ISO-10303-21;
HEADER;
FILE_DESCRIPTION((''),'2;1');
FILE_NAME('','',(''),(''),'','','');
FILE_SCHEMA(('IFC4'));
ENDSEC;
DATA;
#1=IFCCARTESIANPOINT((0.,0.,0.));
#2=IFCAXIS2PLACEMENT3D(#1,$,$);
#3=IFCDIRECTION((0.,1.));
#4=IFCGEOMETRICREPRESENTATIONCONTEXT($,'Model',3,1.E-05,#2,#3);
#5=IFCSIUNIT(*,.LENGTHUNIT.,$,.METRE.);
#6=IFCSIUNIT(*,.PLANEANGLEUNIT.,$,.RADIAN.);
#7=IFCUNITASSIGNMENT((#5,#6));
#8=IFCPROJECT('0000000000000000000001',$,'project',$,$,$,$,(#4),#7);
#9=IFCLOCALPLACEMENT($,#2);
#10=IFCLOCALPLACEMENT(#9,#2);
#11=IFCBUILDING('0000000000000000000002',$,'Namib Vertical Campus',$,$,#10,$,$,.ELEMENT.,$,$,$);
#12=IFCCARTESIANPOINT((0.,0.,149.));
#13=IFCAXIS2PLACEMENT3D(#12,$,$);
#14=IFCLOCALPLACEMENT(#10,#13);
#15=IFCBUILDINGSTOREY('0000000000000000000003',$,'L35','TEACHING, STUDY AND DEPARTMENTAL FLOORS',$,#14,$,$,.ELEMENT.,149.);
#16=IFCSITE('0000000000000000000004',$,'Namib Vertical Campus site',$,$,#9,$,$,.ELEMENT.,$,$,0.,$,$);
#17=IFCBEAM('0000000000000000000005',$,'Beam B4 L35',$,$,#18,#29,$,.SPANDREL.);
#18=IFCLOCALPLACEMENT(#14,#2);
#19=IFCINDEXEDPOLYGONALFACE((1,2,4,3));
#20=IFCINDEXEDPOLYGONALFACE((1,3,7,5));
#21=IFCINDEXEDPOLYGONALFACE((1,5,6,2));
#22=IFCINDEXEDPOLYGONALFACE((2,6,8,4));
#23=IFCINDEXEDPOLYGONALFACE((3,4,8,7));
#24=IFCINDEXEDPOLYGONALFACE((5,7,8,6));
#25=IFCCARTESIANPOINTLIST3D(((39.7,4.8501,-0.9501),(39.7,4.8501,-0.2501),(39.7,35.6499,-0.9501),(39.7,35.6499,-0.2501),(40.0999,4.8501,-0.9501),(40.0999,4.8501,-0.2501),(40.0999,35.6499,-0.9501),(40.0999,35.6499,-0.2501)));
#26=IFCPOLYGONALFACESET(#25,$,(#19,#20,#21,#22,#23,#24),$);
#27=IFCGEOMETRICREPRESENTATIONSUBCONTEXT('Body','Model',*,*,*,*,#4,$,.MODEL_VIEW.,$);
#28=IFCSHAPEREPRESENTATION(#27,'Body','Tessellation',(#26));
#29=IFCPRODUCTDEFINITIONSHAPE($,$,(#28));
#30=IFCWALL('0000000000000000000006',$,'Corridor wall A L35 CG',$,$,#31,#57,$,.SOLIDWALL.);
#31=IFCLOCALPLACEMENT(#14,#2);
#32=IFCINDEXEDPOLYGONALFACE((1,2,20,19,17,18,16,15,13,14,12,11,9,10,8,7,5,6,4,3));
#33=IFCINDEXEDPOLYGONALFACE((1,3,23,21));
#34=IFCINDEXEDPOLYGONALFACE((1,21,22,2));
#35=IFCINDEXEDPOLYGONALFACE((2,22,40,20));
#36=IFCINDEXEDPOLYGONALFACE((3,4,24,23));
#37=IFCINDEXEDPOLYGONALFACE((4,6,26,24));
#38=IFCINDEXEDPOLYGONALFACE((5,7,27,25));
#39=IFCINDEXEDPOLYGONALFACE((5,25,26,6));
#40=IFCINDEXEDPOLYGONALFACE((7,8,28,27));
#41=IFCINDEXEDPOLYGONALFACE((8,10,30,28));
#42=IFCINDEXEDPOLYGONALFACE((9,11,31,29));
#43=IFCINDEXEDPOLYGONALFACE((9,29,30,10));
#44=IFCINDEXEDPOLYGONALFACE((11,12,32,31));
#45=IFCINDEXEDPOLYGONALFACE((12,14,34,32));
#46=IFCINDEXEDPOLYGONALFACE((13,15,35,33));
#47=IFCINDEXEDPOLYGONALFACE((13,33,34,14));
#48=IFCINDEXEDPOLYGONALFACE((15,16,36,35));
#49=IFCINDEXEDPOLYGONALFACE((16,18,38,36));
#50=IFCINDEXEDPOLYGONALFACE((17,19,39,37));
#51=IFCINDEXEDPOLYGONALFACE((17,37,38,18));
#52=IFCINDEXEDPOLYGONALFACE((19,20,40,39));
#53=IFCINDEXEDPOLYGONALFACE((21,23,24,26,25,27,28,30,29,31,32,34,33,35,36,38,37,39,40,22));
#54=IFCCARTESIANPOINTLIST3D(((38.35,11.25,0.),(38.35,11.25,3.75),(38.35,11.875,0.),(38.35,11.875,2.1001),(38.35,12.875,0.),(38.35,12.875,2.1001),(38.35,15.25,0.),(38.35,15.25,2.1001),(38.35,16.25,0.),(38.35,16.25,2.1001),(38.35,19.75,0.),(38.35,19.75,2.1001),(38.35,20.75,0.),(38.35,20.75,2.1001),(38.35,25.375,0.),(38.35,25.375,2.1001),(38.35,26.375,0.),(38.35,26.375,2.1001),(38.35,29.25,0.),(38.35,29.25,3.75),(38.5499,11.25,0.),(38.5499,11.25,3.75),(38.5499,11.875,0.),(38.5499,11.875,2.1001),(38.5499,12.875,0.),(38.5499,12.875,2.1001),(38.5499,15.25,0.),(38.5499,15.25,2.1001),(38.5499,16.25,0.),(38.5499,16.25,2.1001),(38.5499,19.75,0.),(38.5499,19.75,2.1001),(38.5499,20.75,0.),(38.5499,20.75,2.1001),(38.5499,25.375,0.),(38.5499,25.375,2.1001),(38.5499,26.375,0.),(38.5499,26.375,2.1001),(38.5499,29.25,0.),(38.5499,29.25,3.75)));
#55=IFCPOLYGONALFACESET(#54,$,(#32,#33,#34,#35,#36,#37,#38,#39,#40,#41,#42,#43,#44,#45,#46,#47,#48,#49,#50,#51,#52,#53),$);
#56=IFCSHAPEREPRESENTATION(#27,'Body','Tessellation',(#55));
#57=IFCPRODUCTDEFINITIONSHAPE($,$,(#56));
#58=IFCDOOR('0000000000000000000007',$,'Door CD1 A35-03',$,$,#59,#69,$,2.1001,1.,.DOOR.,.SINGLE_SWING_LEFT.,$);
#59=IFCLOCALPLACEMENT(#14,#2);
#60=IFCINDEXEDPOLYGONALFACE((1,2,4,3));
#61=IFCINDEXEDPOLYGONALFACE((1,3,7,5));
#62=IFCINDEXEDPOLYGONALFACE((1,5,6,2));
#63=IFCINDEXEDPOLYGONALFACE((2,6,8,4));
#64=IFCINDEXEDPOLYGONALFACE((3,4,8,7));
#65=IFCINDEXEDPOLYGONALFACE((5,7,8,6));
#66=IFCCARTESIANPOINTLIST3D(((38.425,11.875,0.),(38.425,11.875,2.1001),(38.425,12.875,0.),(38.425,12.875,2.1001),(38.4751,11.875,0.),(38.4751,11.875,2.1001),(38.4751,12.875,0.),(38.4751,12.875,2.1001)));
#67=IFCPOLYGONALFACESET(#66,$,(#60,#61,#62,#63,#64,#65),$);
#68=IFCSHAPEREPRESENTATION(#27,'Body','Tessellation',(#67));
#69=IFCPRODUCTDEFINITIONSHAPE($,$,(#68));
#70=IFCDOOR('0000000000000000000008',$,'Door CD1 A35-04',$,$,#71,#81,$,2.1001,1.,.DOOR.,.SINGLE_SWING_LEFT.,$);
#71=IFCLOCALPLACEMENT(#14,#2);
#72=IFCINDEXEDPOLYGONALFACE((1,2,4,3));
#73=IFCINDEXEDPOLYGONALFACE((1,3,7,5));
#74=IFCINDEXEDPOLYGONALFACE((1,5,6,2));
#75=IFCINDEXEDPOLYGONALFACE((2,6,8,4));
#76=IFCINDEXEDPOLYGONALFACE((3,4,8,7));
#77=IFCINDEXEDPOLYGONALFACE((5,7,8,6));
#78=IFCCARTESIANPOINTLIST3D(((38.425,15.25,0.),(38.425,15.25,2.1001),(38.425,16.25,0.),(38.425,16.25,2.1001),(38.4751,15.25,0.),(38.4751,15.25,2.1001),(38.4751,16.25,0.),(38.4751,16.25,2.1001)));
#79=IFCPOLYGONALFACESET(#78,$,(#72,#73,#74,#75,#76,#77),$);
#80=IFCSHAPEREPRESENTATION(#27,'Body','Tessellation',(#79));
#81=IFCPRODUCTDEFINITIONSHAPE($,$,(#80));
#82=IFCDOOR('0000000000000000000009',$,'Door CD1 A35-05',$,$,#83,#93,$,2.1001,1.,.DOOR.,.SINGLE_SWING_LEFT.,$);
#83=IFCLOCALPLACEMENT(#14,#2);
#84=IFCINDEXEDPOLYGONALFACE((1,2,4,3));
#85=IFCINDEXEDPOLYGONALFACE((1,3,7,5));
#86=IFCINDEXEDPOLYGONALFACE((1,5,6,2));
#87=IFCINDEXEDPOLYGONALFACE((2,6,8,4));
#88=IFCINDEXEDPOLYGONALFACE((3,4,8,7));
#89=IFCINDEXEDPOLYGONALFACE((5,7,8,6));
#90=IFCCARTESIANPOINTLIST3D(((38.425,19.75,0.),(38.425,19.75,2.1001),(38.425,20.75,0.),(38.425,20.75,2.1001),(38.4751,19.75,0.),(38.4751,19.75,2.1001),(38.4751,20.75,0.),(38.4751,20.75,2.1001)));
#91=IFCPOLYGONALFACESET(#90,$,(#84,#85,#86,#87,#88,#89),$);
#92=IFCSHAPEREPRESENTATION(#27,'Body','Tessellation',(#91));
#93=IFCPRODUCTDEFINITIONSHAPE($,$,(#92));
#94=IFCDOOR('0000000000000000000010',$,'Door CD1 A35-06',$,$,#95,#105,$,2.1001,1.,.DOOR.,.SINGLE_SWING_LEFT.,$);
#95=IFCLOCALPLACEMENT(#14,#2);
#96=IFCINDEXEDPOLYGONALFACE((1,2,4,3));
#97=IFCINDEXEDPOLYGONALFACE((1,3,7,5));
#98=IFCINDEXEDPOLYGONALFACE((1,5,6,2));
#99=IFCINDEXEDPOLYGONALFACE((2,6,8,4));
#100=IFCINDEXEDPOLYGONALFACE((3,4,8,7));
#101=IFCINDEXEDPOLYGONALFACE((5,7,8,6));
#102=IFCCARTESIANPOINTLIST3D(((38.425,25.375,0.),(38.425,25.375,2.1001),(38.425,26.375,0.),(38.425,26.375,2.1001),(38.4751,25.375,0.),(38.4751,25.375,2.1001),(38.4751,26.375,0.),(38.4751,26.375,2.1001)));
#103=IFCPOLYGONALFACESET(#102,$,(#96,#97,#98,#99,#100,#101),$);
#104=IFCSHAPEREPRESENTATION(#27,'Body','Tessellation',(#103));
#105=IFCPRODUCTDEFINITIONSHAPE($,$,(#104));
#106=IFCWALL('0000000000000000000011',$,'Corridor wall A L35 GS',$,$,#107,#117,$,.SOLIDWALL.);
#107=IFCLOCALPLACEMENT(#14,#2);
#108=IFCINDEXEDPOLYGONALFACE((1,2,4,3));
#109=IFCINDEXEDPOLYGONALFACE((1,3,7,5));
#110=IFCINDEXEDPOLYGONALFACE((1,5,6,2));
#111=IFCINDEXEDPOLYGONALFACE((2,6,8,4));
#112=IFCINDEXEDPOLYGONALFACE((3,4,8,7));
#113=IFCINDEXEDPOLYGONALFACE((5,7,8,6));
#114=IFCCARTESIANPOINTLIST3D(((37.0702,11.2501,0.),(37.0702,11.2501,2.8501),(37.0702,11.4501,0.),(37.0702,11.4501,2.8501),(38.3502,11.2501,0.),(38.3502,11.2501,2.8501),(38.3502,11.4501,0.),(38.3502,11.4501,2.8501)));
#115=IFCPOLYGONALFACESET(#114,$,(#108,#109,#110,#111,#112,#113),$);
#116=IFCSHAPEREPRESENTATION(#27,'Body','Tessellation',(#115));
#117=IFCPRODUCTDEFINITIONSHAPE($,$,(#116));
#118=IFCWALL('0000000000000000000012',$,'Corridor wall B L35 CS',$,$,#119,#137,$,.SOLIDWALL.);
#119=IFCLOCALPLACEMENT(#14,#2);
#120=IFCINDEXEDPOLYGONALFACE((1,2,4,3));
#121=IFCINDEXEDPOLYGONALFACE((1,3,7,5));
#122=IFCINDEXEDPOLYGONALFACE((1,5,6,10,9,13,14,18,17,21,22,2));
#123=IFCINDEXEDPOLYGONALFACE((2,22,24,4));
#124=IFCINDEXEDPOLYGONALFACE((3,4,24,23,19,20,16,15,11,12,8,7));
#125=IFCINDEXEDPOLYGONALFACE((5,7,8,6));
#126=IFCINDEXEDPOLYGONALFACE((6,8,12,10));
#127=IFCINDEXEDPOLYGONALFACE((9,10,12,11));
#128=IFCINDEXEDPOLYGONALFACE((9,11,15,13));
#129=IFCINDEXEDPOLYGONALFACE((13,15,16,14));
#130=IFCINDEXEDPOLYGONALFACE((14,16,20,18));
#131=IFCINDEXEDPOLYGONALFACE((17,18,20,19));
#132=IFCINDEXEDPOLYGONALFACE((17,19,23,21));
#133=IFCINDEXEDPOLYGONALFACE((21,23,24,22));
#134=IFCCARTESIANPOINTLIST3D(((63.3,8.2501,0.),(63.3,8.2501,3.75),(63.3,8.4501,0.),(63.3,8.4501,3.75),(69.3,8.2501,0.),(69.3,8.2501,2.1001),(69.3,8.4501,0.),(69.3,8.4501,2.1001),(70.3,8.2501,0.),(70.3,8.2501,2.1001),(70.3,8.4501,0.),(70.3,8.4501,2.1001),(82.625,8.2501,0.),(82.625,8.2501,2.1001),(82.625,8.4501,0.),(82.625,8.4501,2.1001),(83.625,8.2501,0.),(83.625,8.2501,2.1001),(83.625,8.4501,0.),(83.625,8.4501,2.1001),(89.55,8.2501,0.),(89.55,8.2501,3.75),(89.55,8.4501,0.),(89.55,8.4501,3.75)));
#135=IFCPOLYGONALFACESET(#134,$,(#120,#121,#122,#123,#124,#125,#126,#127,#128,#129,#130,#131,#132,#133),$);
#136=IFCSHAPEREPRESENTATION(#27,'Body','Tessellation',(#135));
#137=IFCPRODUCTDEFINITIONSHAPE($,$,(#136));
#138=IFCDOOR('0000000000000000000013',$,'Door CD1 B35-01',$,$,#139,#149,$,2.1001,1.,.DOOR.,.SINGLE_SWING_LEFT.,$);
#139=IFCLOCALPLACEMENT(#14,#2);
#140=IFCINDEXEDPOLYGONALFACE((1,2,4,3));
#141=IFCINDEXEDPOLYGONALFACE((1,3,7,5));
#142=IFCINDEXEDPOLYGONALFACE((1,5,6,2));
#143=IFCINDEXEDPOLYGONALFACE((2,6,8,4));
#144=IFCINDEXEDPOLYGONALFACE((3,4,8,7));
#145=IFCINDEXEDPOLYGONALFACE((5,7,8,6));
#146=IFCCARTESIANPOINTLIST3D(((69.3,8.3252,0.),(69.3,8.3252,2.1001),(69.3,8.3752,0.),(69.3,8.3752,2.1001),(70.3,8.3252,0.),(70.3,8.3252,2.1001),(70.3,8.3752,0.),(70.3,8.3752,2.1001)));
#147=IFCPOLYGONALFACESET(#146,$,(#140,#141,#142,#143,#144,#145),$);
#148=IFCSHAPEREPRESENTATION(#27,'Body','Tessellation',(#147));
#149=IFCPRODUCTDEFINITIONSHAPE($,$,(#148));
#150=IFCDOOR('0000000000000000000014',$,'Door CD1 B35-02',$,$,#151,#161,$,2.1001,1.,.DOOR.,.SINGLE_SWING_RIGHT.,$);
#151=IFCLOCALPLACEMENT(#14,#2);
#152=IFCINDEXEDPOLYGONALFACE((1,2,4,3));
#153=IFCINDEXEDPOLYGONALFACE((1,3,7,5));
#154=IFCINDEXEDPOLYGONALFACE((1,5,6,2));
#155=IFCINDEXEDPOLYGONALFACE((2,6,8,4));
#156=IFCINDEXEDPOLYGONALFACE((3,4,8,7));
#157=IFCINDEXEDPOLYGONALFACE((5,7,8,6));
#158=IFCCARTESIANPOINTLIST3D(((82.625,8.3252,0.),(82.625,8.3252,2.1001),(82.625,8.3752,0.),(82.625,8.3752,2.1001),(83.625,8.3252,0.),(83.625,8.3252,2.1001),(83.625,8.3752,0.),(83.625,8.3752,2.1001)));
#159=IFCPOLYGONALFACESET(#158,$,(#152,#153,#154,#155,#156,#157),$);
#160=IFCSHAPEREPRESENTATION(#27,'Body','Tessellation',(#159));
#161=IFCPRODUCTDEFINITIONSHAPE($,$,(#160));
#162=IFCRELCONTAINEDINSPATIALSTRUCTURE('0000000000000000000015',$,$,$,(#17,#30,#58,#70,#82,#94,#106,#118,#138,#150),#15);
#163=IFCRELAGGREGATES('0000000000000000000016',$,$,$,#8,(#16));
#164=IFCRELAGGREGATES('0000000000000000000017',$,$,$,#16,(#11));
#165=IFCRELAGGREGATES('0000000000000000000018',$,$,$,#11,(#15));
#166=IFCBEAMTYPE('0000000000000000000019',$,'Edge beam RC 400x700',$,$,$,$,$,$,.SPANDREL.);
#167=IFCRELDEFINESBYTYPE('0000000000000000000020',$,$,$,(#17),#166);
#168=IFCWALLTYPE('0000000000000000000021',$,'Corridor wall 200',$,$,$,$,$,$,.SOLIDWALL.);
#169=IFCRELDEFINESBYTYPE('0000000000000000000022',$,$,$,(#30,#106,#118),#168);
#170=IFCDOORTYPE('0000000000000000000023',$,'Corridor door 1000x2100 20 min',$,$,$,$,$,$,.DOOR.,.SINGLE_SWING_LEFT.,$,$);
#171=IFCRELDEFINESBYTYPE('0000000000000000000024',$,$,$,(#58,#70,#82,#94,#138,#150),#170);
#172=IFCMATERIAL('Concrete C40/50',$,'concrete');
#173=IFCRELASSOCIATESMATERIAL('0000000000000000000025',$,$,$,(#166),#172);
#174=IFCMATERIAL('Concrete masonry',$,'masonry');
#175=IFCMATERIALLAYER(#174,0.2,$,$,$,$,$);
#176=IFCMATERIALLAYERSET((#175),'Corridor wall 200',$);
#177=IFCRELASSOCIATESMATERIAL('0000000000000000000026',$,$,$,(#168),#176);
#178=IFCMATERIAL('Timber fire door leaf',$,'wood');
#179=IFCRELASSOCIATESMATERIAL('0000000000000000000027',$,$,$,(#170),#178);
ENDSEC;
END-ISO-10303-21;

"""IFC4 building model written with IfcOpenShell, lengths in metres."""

from ifc_helpers import new_model, si_unit, direction, frame, frame_2d, origin, origin_2d, place, context, subcontext, project, spatial, rectangle, extrude, material, layer, layer_set, material_profile, profile_set, type_object, element, fill, save


model = new_model("IFC4")

# Units and contexts
model_context = context("Model", 3, precision=1e-05, world=origin(), true_north=direction((0.0, 1.0)))
body_context = subcontext(model_context, "Body", "Model", "MODEL_VIEW")
ifc_project = project(units=[si_unit("LENGTHUNIT", "METRE"), si_unit("PLANEANGLEUNIT", "RADIAN")], contexts=[model_context])

# Site, building, storey
site_placement = place(None, origin())
site = spatial("IfcSite", under=ifc_project, at=site_placement, Name="Namib Vertical Campus site", CompositionType="ELEMENT", RefElevation=0.0)
building_placement = place(site_placement, origin())
building = spatial("IfcBuilding", under=site, at=building_placement, Name="Namib Vertical Campus", CompositionType="ELEMENT")
storey_placement = place(building_placement, frame((0.0, 0.0, 149.0)))
storey = spatial("IfcBuildingStorey", under=building, at=storey_placement, Name="L35", Description="TEACHING, STUDY AND DEPARTMENTAL FLOORS", CompositionType="ELEMENT", Elevation=149.0)

# Beam
ifc_material_1 = material(Name="Concrete C40/50", Category="concrete")
ifc_material_profile = material_profile(ifc_material_1, rectangle(XDim=0.3999, YDim=0.7, at=origin_2d()))
ifc_profile_set = profile_set([ifc_material_profile], Name="Concrete C40/50")
beam_type = type_object("IfcBeamType", Name="Edge beam RC 400x700", PredefinedType="SPANDREL", material=ifc_profile_set)
beam_placement = place(storey_placement, frame((39.8999, 4.8501, -0.6001), z_axis=(0.0, 1.0, 0.0), x_axis=(-1.0, 0.0, 0.0)))
element("IfcBeam", 1, at=beam_placement, inside=storey, type_object=beam_type, Name="Beam B4 L35", PredefinedType="SPANDREL", context=body_context, shape_type="SweptSolid", body=[
    extrude(rectangle(XDim=0.3999, YDim=0.7, at=origin_2d()), origin(), (0.0, 0.0, 1.0), 30.7998),
])

# Wall, openings, doors
ifc_material_2 = material(Name="Concrete masonry", Category="masonry")
ifc_layer_1 = layer(ifc_material_2, 0.2)
ifc_layer_set_1 = layer_set([ifc_layer_1], Name="Corridor wall 200")
wall_type_1 = type_object("IfcWallType", Name="Corridor wall 200", PredefinedType="SOLIDWALL", material=ifc_layer_set_1)
wall_1_placement = place(storey_placement, frame((38.45, 11.25, 0.0), z_axis=(0.0, 0.0, 1.0), x_axis=(0.0, 1.0, 0.0)))
wall_1 = element("IfcWall", 2, at=wall_1_placement, inside=storey, type_object=wall_type_1, Name="Corridor wall A L35 CG", PredefinedType="SOLIDWALL", context=body_context, shape_type="SweptSolid", body=[
    extrude(rectangle(XDim=18.0, YDim=0.2, at=frame_2d((9.0, 0.0))), origin(), (0.0, 0.0, 1.0), 3.75),
])
opening_1_placement = place(wall_1_placement, frame((0.625, 0.0, 0.0)))
opening_1 = element("IfcOpeningElement", 3, at=opening_1_placement, cuts=wall_1, PredefinedType="OPENING", context=body_context, shape_type="SweptSolid", body=[
    extrude(rectangle(XDim=1.0, YDim=2.1001, at=frame_2d((0.5, 1.05))), frame((0.0, 0.1099, 0.0), z_axis=(0.0, -1.0, 0.0), x_axis=(1.0, 0.0, 0.0)), (0.0, 0.0, 1.0), 0.22),
])
opening_2_placement = place(wall_1_placement, frame((4.0, 0.0, 0.0)))
opening_2 = element("IfcOpeningElement", 4, at=opening_2_placement, cuts=wall_1, PredefinedType="OPENING", context=body_context, shape_type="SweptSolid", body=[
    extrude(rectangle(XDim=1.0, YDim=2.1001, at=frame_2d((0.5, 1.05))), frame((0.0, 0.1099, 0.0), z_axis=(0.0, -1.0, 0.0), x_axis=(1.0, 0.0, 0.0)), (0.0, 0.0, 1.0), 0.22),
])
opening_3_placement = place(wall_1_placement, frame((8.5, 0.0, 0.0)))
opening_3 = element("IfcOpeningElement", 5, at=opening_3_placement, cuts=wall_1, PredefinedType="OPENING", context=body_context, shape_type="SweptSolid", body=[
    extrude(rectangle(XDim=1.0, YDim=2.1001, at=frame_2d((0.5, 1.05))), frame((0.0, 0.1099, 0.0), z_axis=(0.0, -1.0, 0.0), x_axis=(1.0, 0.0, 0.0)), (0.0, 0.0, 1.0), 0.22),
])
opening_4_placement = place(wall_1_placement, frame((14.125, 0.0, 0.0)))
opening_4 = element("IfcOpeningElement", 6, at=opening_4_placement, cuts=wall_1, PredefinedType="OPENING", context=body_context, shape_type="SweptSolid", body=[
    extrude(rectangle(XDim=1.0, YDim=2.1001, at=frame_2d((0.5, 1.05))), frame((0.0, 0.1099, 0.0), z_axis=(0.0, -1.0, 0.0), x_axis=(1.0, 0.0, 0.0)), (0.0, 0.0, 1.0), 0.22),
])
ifc_material_3 = material(Name="Timber fire door leaf", Category="wood")
door_type = type_object("IfcDoorType", Name="Corridor door 1000x2100 20 min", OperationType="SINGLE_SWING_LEFT", PredefinedType="DOOR", material=ifc_material_3)
door_1_placement = place(opening_1_placement, origin())
door_1 = element("IfcDoor", 7, at=door_1_placement, inside=storey, type_object=door_type, Name="Door CD1 A35-03", OperationType="SINGLE_SWING_LEFT", OverallHeight=2.1001, OverallWidth=1.0, PredefinedType="DOOR", context=body_context, shape_type="SweptSolid", body=[
    extrude(rectangle(XDim=1.0, YDim=2.1001, at=frame_2d((0.5, 1.05))), frame((0.0, 0.0249, 0.0), z_axis=(0.0, -1.0, 0.0), x_axis=(1.0, 0.0, 0.0)), (0.0, 0.0, 1.0), 0.05),
])
fill(opening_1, door_1)
door_2_placement = place(opening_2_placement, origin())
door_2 = element("IfcDoor", 8, at=door_2_placement, inside=storey, type_object=door_type, Name="Door CD1 A35-04", OperationType="SINGLE_SWING_LEFT", OverallHeight=2.1001, OverallWidth=1.0, PredefinedType="DOOR", context=body_context, shape_type="SweptSolid", body=[
    extrude(rectangle(XDim=1.0, YDim=2.1001, at=frame_2d((0.5, 1.05))), frame((0.0, 0.0249, 0.0), z_axis=(0.0, -1.0, 0.0), x_axis=(1.0, 0.0, 0.0)), (0.0, 0.0, 1.0), 0.05),
])
fill(opening_2, door_2)
door_3_placement = place(opening_3_placement, origin())
door_3 = element("IfcDoor", 9, at=door_3_placement, inside=storey, type_object=door_type, Name="Door CD1 A35-05", OperationType="SINGLE_SWING_LEFT", OverallHeight=2.1001, OverallWidth=1.0, PredefinedType="DOOR", context=body_context, shape_type="SweptSolid", body=[
    extrude(rectangle(XDim=1.0, YDim=2.1001, at=frame_2d((0.5, 1.05))), frame((0.0, 0.0249, 0.0), z_axis=(0.0, -1.0, 0.0), x_axis=(1.0, 0.0, 0.0)), (0.0, 0.0, 1.0), 0.05),
])
fill(opening_3, door_3)
door_4_placement = place(opening_4_placement, origin())
door_4 = element("IfcDoor", 10, at=door_4_placement, inside=storey, type_object=door_type, Name="Door CD1 A35-06", OperationType="SINGLE_SWING_LEFT", OverallHeight=2.1001, OverallWidth=1.0, PredefinedType="DOOR", context=body_context, shape_type="SweptSolid", body=[
    extrude(rectangle(XDim=1.0, YDim=2.1001, at=frame_2d((0.5, 1.05))), frame((0.0, 0.0249, 0.0), z_axis=(0.0, -1.0, 0.0), x_axis=(1.0, 0.0, 0.0)), (0.0, 0.0, 1.0), 0.05),
])
fill(opening_4, door_4)

# Wall
wall_2_placement = place(storey_placement, frame((37.0701, 11.3501, 0.0), z_axis=(0.0, 0.0, 1.0), x_axis=(1.0, 0.0, 0.0)))
element("IfcWall", 11, at=wall_2_placement, inside=storey, type_object=wall_type_1, Name="Corridor wall A L35 GS", PredefinedType="SOLIDWALL", context=body_context, shape_type="SweptSolid", body=[
    extrude(rectangle(XDim=1.28, YDim=0.2, at=frame_2d((0.6401, 0.0))), origin(), (0.0, 0.0, 1.0), 2.8501),
])

# Wall, openings, doors
wall_3_placement = place(storey_placement, frame((63.3, 8.3501, 0.0), z_axis=(0.0, 0.0, 1.0), x_axis=(1.0, 0.0, 0.0)))
wall_3 = element("IfcWall", 12, at=wall_3_placement, inside=storey, type_object=wall_type_1, Name="Corridor wall B L35 CS", PredefinedType="SOLIDWALL", context=body_context, shape_type="SweptSolid", body=[
    extrude(rectangle(XDim=26.25, YDim=0.2, at=frame_2d((13.125, 0.0))), origin(), (0.0, 0.0, 1.0), 3.75),
])
opening_5_placement = place(wall_3_placement, frame((6.0, 0.0, 0.0)))
opening_5 = element("IfcOpeningElement", 13, at=opening_5_placement, cuts=wall_3, PredefinedType="OPENING", context=body_context, shape_type="SweptSolid", body=[
    extrude(rectangle(XDim=1.0, YDim=2.1001, at=frame_2d((0.5, 1.05))), frame((0.0, 0.1099, 0.0), z_axis=(0.0, -1.0, 0.0), x_axis=(1.0, 0.0, 0.0)), (0.0, 0.0, 1.0), 0.22),
])
opening_6_placement = place(wall_3_placement, frame((19.325, 0.0, 0.0)))
opening_6 = element("IfcOpeningElement", 14, at=opening_6_placement, cuts=wall_3, PredefinedType="OPENING", context=body_context, shape_type="SweptSolid", body=[
    extrude(rectangle(XDim=1.0, YDim=2.1001, at=frame_2d((0.5, 1.05))), frame((0.0, 0.1099, 0.0), z_axis=(0.0, -1.0, 0.0), x_axis=(1.0, 0.0, 0.0)), (0.0, 0.0, 1.0), 0.22),
])
door_5_placement = place(opening_5_placement, frame((1.0, 0.0, 0.0), z_axis=(0.0, 0.0, 1.0), x_axis=(-1.0, 0.0, 0.0)))
door_5 = element("IfcDoor", 15, at=door_5_placement, inside=storey, type_object=door_type, Name="Door CD1 B35-01", OperationType="SINGLE_SWING_LEFT", OverallHeight=2.1001, OverallWidth=1.0, PredefinedType="DOOR", context=body_context, shape_type="SweptSolid", body=[
    extrude(rectangle(XDim=1.0, YDim=2.1001, at=frame_2d((0.5, 1.05))), frame((0.0, 0.0249, 0.0), z_axis=(0.0, -1.0, 0.0), x_axis=(1.0, 0.0, 0.0)), (0.0, 0.0, 1.0), 0.05),
])
fill(opening_5, door_5)
door_6_placement = place(opening_6_placement, frame((1.0, 0.0, 0.0), z_axis=(0.0, 0.0, 1.0), x_axis=(-1.0, 0.0, 0.0)))
door_6 = element("IfcDoor", 16, at=door_6_placement, inside=storey, type_object=door_type, Name="Door CD1 B35-02", OperationType="SINGLE_SWING_RIGHT", OverallHeight=2.1001, OverallWidth=1.0, PredefinedType="DOOR", context=body_context, shape_type="SweptSolid", body=[
    extrude(rectangle(XDim=1.0, YDim=2.1001, at=frame_2d((0.5, 1.05))), frame((0.0, 0.0249, 0.0), z_axis=(0.0, -1.0, 0.0), x_axis=(1.0, 0.0, 0.0)), (0.0, 0.0, 1.0), 0.05),
])
fill(opening_6, door_6)

save(model, "model.ifc")
